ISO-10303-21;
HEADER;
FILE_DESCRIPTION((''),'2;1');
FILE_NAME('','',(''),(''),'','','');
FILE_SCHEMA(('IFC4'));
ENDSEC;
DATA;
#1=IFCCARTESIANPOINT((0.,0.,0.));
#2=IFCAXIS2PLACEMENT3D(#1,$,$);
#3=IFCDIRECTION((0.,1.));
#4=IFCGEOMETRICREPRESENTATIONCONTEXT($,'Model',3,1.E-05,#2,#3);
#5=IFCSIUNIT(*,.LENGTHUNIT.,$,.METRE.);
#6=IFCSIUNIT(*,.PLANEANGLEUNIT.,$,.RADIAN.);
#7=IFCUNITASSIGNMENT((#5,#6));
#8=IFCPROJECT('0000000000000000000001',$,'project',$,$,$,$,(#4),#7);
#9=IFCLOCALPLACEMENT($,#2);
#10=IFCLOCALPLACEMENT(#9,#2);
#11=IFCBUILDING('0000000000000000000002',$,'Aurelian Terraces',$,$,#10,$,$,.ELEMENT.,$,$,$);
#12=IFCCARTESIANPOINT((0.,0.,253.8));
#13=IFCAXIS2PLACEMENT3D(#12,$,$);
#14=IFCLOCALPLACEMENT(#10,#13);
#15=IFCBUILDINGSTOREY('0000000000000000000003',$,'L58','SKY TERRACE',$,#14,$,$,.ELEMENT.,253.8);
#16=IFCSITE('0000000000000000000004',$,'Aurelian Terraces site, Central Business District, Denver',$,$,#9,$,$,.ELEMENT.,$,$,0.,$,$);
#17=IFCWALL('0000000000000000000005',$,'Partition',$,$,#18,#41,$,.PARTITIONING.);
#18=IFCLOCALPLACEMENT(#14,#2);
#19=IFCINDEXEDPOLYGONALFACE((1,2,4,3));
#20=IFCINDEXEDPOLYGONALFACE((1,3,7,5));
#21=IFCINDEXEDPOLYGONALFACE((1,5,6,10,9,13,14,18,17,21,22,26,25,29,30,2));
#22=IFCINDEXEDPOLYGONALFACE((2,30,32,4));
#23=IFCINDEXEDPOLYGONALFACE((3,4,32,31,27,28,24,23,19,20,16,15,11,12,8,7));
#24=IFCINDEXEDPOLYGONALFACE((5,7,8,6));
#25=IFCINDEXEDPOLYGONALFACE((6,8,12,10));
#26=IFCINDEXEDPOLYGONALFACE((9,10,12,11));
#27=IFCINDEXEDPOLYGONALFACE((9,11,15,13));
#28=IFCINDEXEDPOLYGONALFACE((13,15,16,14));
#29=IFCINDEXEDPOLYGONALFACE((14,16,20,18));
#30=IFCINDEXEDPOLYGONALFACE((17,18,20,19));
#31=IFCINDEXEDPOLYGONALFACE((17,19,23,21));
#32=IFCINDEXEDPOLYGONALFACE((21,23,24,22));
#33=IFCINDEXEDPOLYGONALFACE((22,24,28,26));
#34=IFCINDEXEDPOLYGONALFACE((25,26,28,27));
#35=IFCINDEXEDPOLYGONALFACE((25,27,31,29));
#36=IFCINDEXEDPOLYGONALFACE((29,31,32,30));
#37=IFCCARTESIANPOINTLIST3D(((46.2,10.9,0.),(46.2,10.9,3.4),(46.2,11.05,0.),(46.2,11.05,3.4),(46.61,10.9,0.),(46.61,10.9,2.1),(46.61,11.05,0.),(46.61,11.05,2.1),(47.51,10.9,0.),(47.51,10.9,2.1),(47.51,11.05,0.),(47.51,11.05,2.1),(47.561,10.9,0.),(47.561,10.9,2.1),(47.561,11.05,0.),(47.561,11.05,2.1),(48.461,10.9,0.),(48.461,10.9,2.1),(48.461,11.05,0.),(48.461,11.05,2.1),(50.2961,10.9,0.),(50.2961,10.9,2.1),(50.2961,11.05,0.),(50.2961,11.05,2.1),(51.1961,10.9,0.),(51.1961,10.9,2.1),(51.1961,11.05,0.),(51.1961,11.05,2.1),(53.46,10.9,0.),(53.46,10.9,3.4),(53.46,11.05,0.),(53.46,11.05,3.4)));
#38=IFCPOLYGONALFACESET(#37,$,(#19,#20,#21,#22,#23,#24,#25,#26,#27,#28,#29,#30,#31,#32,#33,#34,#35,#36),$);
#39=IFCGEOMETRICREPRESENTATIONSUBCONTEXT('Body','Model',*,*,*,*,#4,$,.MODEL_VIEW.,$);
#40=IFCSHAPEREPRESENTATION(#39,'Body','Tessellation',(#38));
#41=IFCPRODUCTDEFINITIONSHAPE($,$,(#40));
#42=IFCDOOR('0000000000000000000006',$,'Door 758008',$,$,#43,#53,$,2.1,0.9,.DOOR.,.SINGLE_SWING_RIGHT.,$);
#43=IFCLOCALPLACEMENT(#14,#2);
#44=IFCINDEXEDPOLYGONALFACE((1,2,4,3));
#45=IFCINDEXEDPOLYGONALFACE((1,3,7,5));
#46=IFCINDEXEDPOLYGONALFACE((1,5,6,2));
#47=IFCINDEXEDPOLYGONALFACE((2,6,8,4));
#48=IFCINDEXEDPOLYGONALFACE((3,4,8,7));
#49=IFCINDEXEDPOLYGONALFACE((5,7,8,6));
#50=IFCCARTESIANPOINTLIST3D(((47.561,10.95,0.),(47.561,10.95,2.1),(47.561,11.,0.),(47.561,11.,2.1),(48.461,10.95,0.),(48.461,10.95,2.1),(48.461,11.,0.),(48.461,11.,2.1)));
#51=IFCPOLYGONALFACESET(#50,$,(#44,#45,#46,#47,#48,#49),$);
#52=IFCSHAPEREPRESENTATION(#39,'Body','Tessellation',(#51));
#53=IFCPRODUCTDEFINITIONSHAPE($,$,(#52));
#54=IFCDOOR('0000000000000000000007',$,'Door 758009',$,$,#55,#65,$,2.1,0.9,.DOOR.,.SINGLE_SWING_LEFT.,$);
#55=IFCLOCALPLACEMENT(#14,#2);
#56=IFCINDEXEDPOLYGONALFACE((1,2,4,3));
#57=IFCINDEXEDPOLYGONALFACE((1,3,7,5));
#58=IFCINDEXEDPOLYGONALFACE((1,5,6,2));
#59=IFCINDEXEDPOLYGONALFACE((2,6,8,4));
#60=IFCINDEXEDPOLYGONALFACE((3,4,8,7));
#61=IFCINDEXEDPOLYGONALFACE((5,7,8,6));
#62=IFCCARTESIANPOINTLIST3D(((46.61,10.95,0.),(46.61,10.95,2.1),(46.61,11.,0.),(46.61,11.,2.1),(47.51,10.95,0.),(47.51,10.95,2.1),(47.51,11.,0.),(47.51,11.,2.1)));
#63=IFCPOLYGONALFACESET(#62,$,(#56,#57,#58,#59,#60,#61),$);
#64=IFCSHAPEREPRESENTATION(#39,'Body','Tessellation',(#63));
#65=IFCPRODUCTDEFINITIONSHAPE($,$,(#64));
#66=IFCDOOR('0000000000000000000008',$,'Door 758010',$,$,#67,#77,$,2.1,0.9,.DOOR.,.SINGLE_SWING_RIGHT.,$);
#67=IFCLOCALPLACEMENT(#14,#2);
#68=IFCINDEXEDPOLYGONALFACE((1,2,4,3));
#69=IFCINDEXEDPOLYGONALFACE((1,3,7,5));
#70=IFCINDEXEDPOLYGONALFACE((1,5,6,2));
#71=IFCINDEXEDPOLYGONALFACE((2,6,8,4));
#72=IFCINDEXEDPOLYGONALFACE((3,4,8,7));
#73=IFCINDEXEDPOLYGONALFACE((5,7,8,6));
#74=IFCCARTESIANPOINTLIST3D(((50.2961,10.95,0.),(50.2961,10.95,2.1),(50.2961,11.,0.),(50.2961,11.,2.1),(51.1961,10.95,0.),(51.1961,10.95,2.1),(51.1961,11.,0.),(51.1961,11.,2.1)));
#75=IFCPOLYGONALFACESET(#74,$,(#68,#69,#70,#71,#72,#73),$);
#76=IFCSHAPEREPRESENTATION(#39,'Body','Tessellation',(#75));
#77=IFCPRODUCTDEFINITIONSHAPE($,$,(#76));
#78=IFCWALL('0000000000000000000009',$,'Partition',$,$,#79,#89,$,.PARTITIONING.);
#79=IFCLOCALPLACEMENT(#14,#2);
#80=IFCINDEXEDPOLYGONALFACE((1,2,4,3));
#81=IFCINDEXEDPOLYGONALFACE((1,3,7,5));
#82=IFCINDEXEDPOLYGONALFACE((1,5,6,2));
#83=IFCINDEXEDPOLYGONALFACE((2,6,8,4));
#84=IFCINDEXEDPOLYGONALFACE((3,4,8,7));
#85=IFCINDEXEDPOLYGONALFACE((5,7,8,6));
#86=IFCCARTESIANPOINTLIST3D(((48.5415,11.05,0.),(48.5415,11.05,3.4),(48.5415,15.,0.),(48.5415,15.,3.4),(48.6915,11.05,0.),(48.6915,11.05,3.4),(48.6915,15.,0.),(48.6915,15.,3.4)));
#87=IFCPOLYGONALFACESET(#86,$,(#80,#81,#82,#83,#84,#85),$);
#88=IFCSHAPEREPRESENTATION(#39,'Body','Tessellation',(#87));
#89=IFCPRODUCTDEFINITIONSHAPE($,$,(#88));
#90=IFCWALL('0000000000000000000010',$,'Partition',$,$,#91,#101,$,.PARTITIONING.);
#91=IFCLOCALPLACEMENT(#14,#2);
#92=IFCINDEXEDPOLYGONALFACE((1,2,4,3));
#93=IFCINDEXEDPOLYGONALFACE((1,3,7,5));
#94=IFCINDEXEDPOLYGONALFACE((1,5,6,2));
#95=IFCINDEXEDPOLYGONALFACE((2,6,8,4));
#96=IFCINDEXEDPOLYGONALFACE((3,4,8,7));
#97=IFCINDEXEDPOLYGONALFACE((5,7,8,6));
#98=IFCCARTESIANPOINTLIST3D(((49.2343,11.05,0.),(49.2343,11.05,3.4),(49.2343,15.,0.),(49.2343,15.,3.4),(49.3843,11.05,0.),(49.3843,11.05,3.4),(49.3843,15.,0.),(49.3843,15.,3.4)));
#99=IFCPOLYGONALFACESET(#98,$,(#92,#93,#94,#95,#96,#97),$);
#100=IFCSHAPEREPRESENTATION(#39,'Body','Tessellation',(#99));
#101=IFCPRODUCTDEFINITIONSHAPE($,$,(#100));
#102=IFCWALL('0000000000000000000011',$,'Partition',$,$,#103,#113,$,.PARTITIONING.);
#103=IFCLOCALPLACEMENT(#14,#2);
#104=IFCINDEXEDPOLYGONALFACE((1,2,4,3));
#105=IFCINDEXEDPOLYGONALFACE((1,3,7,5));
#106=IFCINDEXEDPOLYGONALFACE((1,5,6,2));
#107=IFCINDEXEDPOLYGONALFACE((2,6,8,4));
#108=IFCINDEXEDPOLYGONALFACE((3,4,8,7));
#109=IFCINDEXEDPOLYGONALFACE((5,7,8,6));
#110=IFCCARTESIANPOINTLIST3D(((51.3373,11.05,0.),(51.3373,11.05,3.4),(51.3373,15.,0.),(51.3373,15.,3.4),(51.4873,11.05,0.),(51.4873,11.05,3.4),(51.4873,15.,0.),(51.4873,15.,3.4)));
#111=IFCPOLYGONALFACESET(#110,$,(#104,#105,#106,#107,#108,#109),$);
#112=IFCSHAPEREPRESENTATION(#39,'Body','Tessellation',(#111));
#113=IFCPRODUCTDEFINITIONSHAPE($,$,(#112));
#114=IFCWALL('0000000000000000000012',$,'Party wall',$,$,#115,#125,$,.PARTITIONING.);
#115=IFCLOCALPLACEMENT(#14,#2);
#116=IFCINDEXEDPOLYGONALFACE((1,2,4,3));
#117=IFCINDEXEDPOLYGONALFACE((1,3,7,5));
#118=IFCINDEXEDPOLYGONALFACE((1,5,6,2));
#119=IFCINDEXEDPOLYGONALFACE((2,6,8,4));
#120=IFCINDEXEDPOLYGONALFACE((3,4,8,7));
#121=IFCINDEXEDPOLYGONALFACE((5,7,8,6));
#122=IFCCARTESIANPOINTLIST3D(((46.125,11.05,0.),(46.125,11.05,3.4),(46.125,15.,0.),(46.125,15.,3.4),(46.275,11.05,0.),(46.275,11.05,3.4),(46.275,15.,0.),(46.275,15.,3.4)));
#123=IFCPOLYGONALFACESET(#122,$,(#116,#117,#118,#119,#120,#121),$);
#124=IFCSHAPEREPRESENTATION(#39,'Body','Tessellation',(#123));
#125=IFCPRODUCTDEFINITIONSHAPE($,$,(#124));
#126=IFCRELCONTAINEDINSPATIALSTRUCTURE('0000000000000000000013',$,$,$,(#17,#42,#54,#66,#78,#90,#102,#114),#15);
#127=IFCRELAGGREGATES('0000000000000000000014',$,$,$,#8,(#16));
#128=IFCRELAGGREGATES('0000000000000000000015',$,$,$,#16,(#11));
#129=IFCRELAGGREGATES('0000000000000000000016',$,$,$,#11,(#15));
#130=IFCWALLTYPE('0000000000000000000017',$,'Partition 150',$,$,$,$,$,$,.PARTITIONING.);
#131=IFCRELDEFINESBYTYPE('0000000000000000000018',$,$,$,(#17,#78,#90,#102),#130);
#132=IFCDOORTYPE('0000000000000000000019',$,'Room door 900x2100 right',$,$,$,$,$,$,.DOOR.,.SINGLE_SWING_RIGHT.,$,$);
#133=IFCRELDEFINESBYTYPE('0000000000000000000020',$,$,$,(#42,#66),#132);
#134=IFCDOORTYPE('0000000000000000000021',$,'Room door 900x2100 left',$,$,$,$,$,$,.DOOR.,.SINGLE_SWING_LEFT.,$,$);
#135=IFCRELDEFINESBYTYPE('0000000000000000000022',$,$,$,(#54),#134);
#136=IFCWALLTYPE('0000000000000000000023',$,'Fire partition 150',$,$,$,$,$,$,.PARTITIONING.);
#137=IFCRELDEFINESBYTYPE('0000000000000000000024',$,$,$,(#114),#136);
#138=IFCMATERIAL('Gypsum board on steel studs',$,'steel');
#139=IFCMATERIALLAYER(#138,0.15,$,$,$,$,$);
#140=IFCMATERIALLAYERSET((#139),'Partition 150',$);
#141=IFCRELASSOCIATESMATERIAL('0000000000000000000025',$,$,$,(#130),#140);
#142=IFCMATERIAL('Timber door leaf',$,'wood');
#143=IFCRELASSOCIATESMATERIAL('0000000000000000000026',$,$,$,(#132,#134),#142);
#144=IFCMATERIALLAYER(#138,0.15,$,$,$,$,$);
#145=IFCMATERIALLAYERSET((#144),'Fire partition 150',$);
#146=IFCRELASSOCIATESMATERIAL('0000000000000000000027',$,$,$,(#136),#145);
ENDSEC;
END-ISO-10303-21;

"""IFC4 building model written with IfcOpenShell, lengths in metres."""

from ifc_helpers import new_model, si_unit, direction, frame, frame_2d, origin, place, context, subcontext, project, spatial, rectangle, extrude, source, transform, mapped, material, layer, layer_set, type_object, element, fill, save


model = new_model("IFC4")

# Units and contexts
model_context = context("Model", 3, precision=1e-05, world=origin(), true_north=direction((0.0, 1.0)))
body_context = subcontext(model_context, "Body", "Model", "MODEL_VIEW")
ifc_project = project(units=[si_unit("LENGTHUNIT", "METRE"), si_unit("PLANEANGLEUNIT", "RADIAN")], contexts=[model_context])

# Site, building, storey
site_placement = place(None, origin())
site = spatial("IfcSite", under=ifc_project, at=site_placement, Name="Aurelian Terraces site, Central Business District, Denver", CompositionType="ELEMENT", RefElevation=0.0)
building_placement = place(site_placement, origin())
building = spatial("IfcBuilding", under=site, at=building_placement, Name="Aurelian Terraces", CompositionType="ELEMENT")
storey_placement = place(building_placement, frame((0.0, 0.0, 253.8)))
storey = spatial("IfcBuildingStorey", under=building, at=storey_placement, Name="L58", Description="SKY TERRACE", CompositionType="ELEMENT", Elevation=253.8)

# Shared definitions
ifc_material_1 = material(Name="Gypsum board on steel studs", Category="steel")
ifc_layer_1 = layer(ifc_material_1, 0.15)
ifc_layer_set_1 = layer_set([ifc_layer_1], Name="Partition 150")
wall_type_1 = type_object("IfcWallType", Name="Partition 150", PredefinedType="PARTITIONING", material=ifc_layer_set_1)
ifc_material_2 = material(Name="Timber door leaf", Category="wood")

# Wall, openings, doors
shared_shape_1 = source(origin(), body_context, "Body", "SweptSolid", [
    extrude(rectangle(XDim=7.26, YDim=0.15, at=frame_2d((3.63, 0.0))), origin(), (0.0, 0.0, 1.0), 3.4),
])
wall_1_placement = place(storey_placement, frame((53.46, 10.975, 0.0), z_axis=(0.0, 0.0, 1.0), x_axis=(-1.0, 0.0, 0.0)))
wall_1 = element("IfcWall", 1, at=wall_1_placement, inside=storey, type_object=wall_type_1, Name="Partition", PredefinedType="PARTITIONING", context=body_context, shape_type="MappedRepresentation", body=[
    mapped(shared_shape_1, transform((0.0, 0.0, 0.0), scale=1.0)),
])
shared_shape_2 = source(origin(), body_context, "Body", "SweptSolid", [
    extrude(rectangle(XDim=0.9, YDim=2.1, at=frame_2d((0.45, 1.05))), frame((0.0, 0.085, 0.0), z_axis=(0.0, -1.0, 0.0), x_axis=(1.0, 0.0, 0.0)), (0.0, 0.0, 1.0), 0.17),
])
opening_1_placement = place(wall_1_placement, frame((4.999, 0.0, 0.0)))
opening_1 = element("IfcOpeningElement", 2, at=opening_1_placement, cuts=wall_1, PredefinedType="OPENING", context=body_context, shape_type="MappedRepresentation", body=[
    mapped(shared_shape_2, transform((0.0, 0.0, 0.0), scale=1.0)),
])
opening_2_placement = place(wall_1_placement, frame((5.95, 0.0, 0.0)))
opening_2 = element("IfcOpeningElement", 3, at=opening_2_placement, cuts=wall_1, PredefinedType="OPENING", context=body_context, shape_type="MappedRepresentation", body=[
    mapped(shared_shape_2, transform((0.0, 0.0, 0.0), scale=1.0)),
])
opening_3_placement = place(wall_1_placement, frame((2.2639, 0.0, 0.0)))
opening_3 = element("IfcOpeningElement", 4, at=opening_3_placement, cuts=wall_1, PredefinedType="OPENING", context=body_context, shape_type="MappedRepresentation", body=[
    mapped(shared_shape_2, transform((0.0, 0.0, 0.0), scale=1.0)),
])
door_type_1 = type_object("IfcDoorType", Name="Room door 900x2100 right", OperationType="SINGLE_SWING_RIGHT", PredefinedType="DOOR", material=ifc_material_2)
shared_shape_3 = source(origin(), body_context, "Body", "SweptSolid", [
    extrude(rectangle(XDim=0.9, YDim=2.1, at=frame_2d((0.45, 1.05))), frame((0.0, 0.025, 0.0), z_axis=(0.0, -1.0, 0.0), x_axis=(1.0, 0.0, 0.0)), (0.0, 0.0, 1.0), 0.05),
])
door_1_placement = place(opening_1_placement, origin())
door_1 = element("IfcDoor", 5, at=door_1_placement, inside=storey, type_object=door_type_1, Name="Door 758008", OperationType="SINGLE_SWING_RIGHT", OverallHeight=2.1, OverallWidth=0.9, PredefinedType="DOOR", context=body_context, shape_type="MappedRepresentation", body=[
    mapped(shared_shape_3, transform((0.0, 0.0, 0.0), scale=1.0)),
])
fill(opening_1, door_1)
door_type_2 = type_object("IfcDoorType", Name="Room door 900x2100 left", OperationType="SINGLE_SWING_LEFT", PredefinedType="DOOR", material=ifc_material_2)
door_2_placement = place(opening_2_placement, origin())
door_2 = element("IfcDoor", 6, at=door_2_placement, inside=storey, type_object=door_type_2, Name="Door 758009", OperationType="SINGLE_SWING_LEFT", OverallHeight=2.1, OverallWidth=0.9, PredefinedType="DOOR", context=body_context, shape_type="MappedRepresentation", body=[
    mapped(shared_shape_3, transform((0.0, 0.0, 0.0), scale=1.0)),
])
fill(opening_2, door_2)
door_3_placement = place(opening_3_placement, origin())
door_3 = element("IfcDoor", 7, at=door_3_placement, inside=storey, type_object=door_type_1, Name="Door 758010", OperationType="SINGLE_SWING_RIGHT", OverallHeight=2.1, OverallWidth=0.9, PredefinedType="DOOR", context=body_context, shape_type="MappedRepresentation", body=[
    mapped(shared_shape_3, transform((0.0, 0.0, 0.0), scale=1.0)),
])
fill(opening_3, door_3)

# Walls
shared_shape_4 = source(origin(), body_context, "Body", "SweptSolid", [
    extrude(rectangle(XDim=3.95, YDim=0.15, at=frame_2d((1.975, 0.0))), origin(), (0.0, 0.0, 1.0), 3.4),
])
for number, where, z_axis, x_axis, name in (
    (8, (48.6165, 11.05, 0.0), (0.0, 0.0, 1.0), (0.0, 1.0, 0.0), "Partition"),
    (9, (49.3093, 11.05, 0.0), (0.0, 0.0, 1.0), (0.0, 1.0, 0.0), "Partition"),
    (10, (51.4123, 11.05, 0.0), (0.0, 0.0, 1.0), (0.0, 1.0, 0.0), "Partition"),
):
    element("IfcWall", number, at=place(storey_placement, frame(where, z_axis=z_axis, x_axis=x_axis)), inside=storey, type_object=wall_type_1, Name=name, PredefinedType="PARTITIONING", context=body_context, shape_type="MappedRepresentation", body=[
        mapped(shared_shape_4, transform((0.0, 0.0, 0.0), scale=1.0)),
    ])
ifc_layer_2 = layer(ifc_material_1, 0.15)
ifc_layer_set_2 = layer_set([ifc_layer_2], Name="Fire partition 150")
wall_type_2 = type_object("IfcWallType", Name="Fire partition 150", PredefinedType="PARTITIONING", material=ifc_layer_set_2)
wall_2_placement = place(storey_placement, frame((46.2, 11.05, 0.0), z_axis=(0.0, 0.0, 1.0), x_axis=(0.0, 1.0, 0.0)))
element("IfcWall", 11, at=wall_2_placement, inside=storey, type_object=wall_type_2, Name="Party wall", PredefinedType="PARTITIONING", context=body_context, shape_type="MappedRepresentation", body=[
    mapped(shared_shape_4, transform((0.0, 0.0, 0.0), scale=1.0)),
])

save(model, "model.ifc")
